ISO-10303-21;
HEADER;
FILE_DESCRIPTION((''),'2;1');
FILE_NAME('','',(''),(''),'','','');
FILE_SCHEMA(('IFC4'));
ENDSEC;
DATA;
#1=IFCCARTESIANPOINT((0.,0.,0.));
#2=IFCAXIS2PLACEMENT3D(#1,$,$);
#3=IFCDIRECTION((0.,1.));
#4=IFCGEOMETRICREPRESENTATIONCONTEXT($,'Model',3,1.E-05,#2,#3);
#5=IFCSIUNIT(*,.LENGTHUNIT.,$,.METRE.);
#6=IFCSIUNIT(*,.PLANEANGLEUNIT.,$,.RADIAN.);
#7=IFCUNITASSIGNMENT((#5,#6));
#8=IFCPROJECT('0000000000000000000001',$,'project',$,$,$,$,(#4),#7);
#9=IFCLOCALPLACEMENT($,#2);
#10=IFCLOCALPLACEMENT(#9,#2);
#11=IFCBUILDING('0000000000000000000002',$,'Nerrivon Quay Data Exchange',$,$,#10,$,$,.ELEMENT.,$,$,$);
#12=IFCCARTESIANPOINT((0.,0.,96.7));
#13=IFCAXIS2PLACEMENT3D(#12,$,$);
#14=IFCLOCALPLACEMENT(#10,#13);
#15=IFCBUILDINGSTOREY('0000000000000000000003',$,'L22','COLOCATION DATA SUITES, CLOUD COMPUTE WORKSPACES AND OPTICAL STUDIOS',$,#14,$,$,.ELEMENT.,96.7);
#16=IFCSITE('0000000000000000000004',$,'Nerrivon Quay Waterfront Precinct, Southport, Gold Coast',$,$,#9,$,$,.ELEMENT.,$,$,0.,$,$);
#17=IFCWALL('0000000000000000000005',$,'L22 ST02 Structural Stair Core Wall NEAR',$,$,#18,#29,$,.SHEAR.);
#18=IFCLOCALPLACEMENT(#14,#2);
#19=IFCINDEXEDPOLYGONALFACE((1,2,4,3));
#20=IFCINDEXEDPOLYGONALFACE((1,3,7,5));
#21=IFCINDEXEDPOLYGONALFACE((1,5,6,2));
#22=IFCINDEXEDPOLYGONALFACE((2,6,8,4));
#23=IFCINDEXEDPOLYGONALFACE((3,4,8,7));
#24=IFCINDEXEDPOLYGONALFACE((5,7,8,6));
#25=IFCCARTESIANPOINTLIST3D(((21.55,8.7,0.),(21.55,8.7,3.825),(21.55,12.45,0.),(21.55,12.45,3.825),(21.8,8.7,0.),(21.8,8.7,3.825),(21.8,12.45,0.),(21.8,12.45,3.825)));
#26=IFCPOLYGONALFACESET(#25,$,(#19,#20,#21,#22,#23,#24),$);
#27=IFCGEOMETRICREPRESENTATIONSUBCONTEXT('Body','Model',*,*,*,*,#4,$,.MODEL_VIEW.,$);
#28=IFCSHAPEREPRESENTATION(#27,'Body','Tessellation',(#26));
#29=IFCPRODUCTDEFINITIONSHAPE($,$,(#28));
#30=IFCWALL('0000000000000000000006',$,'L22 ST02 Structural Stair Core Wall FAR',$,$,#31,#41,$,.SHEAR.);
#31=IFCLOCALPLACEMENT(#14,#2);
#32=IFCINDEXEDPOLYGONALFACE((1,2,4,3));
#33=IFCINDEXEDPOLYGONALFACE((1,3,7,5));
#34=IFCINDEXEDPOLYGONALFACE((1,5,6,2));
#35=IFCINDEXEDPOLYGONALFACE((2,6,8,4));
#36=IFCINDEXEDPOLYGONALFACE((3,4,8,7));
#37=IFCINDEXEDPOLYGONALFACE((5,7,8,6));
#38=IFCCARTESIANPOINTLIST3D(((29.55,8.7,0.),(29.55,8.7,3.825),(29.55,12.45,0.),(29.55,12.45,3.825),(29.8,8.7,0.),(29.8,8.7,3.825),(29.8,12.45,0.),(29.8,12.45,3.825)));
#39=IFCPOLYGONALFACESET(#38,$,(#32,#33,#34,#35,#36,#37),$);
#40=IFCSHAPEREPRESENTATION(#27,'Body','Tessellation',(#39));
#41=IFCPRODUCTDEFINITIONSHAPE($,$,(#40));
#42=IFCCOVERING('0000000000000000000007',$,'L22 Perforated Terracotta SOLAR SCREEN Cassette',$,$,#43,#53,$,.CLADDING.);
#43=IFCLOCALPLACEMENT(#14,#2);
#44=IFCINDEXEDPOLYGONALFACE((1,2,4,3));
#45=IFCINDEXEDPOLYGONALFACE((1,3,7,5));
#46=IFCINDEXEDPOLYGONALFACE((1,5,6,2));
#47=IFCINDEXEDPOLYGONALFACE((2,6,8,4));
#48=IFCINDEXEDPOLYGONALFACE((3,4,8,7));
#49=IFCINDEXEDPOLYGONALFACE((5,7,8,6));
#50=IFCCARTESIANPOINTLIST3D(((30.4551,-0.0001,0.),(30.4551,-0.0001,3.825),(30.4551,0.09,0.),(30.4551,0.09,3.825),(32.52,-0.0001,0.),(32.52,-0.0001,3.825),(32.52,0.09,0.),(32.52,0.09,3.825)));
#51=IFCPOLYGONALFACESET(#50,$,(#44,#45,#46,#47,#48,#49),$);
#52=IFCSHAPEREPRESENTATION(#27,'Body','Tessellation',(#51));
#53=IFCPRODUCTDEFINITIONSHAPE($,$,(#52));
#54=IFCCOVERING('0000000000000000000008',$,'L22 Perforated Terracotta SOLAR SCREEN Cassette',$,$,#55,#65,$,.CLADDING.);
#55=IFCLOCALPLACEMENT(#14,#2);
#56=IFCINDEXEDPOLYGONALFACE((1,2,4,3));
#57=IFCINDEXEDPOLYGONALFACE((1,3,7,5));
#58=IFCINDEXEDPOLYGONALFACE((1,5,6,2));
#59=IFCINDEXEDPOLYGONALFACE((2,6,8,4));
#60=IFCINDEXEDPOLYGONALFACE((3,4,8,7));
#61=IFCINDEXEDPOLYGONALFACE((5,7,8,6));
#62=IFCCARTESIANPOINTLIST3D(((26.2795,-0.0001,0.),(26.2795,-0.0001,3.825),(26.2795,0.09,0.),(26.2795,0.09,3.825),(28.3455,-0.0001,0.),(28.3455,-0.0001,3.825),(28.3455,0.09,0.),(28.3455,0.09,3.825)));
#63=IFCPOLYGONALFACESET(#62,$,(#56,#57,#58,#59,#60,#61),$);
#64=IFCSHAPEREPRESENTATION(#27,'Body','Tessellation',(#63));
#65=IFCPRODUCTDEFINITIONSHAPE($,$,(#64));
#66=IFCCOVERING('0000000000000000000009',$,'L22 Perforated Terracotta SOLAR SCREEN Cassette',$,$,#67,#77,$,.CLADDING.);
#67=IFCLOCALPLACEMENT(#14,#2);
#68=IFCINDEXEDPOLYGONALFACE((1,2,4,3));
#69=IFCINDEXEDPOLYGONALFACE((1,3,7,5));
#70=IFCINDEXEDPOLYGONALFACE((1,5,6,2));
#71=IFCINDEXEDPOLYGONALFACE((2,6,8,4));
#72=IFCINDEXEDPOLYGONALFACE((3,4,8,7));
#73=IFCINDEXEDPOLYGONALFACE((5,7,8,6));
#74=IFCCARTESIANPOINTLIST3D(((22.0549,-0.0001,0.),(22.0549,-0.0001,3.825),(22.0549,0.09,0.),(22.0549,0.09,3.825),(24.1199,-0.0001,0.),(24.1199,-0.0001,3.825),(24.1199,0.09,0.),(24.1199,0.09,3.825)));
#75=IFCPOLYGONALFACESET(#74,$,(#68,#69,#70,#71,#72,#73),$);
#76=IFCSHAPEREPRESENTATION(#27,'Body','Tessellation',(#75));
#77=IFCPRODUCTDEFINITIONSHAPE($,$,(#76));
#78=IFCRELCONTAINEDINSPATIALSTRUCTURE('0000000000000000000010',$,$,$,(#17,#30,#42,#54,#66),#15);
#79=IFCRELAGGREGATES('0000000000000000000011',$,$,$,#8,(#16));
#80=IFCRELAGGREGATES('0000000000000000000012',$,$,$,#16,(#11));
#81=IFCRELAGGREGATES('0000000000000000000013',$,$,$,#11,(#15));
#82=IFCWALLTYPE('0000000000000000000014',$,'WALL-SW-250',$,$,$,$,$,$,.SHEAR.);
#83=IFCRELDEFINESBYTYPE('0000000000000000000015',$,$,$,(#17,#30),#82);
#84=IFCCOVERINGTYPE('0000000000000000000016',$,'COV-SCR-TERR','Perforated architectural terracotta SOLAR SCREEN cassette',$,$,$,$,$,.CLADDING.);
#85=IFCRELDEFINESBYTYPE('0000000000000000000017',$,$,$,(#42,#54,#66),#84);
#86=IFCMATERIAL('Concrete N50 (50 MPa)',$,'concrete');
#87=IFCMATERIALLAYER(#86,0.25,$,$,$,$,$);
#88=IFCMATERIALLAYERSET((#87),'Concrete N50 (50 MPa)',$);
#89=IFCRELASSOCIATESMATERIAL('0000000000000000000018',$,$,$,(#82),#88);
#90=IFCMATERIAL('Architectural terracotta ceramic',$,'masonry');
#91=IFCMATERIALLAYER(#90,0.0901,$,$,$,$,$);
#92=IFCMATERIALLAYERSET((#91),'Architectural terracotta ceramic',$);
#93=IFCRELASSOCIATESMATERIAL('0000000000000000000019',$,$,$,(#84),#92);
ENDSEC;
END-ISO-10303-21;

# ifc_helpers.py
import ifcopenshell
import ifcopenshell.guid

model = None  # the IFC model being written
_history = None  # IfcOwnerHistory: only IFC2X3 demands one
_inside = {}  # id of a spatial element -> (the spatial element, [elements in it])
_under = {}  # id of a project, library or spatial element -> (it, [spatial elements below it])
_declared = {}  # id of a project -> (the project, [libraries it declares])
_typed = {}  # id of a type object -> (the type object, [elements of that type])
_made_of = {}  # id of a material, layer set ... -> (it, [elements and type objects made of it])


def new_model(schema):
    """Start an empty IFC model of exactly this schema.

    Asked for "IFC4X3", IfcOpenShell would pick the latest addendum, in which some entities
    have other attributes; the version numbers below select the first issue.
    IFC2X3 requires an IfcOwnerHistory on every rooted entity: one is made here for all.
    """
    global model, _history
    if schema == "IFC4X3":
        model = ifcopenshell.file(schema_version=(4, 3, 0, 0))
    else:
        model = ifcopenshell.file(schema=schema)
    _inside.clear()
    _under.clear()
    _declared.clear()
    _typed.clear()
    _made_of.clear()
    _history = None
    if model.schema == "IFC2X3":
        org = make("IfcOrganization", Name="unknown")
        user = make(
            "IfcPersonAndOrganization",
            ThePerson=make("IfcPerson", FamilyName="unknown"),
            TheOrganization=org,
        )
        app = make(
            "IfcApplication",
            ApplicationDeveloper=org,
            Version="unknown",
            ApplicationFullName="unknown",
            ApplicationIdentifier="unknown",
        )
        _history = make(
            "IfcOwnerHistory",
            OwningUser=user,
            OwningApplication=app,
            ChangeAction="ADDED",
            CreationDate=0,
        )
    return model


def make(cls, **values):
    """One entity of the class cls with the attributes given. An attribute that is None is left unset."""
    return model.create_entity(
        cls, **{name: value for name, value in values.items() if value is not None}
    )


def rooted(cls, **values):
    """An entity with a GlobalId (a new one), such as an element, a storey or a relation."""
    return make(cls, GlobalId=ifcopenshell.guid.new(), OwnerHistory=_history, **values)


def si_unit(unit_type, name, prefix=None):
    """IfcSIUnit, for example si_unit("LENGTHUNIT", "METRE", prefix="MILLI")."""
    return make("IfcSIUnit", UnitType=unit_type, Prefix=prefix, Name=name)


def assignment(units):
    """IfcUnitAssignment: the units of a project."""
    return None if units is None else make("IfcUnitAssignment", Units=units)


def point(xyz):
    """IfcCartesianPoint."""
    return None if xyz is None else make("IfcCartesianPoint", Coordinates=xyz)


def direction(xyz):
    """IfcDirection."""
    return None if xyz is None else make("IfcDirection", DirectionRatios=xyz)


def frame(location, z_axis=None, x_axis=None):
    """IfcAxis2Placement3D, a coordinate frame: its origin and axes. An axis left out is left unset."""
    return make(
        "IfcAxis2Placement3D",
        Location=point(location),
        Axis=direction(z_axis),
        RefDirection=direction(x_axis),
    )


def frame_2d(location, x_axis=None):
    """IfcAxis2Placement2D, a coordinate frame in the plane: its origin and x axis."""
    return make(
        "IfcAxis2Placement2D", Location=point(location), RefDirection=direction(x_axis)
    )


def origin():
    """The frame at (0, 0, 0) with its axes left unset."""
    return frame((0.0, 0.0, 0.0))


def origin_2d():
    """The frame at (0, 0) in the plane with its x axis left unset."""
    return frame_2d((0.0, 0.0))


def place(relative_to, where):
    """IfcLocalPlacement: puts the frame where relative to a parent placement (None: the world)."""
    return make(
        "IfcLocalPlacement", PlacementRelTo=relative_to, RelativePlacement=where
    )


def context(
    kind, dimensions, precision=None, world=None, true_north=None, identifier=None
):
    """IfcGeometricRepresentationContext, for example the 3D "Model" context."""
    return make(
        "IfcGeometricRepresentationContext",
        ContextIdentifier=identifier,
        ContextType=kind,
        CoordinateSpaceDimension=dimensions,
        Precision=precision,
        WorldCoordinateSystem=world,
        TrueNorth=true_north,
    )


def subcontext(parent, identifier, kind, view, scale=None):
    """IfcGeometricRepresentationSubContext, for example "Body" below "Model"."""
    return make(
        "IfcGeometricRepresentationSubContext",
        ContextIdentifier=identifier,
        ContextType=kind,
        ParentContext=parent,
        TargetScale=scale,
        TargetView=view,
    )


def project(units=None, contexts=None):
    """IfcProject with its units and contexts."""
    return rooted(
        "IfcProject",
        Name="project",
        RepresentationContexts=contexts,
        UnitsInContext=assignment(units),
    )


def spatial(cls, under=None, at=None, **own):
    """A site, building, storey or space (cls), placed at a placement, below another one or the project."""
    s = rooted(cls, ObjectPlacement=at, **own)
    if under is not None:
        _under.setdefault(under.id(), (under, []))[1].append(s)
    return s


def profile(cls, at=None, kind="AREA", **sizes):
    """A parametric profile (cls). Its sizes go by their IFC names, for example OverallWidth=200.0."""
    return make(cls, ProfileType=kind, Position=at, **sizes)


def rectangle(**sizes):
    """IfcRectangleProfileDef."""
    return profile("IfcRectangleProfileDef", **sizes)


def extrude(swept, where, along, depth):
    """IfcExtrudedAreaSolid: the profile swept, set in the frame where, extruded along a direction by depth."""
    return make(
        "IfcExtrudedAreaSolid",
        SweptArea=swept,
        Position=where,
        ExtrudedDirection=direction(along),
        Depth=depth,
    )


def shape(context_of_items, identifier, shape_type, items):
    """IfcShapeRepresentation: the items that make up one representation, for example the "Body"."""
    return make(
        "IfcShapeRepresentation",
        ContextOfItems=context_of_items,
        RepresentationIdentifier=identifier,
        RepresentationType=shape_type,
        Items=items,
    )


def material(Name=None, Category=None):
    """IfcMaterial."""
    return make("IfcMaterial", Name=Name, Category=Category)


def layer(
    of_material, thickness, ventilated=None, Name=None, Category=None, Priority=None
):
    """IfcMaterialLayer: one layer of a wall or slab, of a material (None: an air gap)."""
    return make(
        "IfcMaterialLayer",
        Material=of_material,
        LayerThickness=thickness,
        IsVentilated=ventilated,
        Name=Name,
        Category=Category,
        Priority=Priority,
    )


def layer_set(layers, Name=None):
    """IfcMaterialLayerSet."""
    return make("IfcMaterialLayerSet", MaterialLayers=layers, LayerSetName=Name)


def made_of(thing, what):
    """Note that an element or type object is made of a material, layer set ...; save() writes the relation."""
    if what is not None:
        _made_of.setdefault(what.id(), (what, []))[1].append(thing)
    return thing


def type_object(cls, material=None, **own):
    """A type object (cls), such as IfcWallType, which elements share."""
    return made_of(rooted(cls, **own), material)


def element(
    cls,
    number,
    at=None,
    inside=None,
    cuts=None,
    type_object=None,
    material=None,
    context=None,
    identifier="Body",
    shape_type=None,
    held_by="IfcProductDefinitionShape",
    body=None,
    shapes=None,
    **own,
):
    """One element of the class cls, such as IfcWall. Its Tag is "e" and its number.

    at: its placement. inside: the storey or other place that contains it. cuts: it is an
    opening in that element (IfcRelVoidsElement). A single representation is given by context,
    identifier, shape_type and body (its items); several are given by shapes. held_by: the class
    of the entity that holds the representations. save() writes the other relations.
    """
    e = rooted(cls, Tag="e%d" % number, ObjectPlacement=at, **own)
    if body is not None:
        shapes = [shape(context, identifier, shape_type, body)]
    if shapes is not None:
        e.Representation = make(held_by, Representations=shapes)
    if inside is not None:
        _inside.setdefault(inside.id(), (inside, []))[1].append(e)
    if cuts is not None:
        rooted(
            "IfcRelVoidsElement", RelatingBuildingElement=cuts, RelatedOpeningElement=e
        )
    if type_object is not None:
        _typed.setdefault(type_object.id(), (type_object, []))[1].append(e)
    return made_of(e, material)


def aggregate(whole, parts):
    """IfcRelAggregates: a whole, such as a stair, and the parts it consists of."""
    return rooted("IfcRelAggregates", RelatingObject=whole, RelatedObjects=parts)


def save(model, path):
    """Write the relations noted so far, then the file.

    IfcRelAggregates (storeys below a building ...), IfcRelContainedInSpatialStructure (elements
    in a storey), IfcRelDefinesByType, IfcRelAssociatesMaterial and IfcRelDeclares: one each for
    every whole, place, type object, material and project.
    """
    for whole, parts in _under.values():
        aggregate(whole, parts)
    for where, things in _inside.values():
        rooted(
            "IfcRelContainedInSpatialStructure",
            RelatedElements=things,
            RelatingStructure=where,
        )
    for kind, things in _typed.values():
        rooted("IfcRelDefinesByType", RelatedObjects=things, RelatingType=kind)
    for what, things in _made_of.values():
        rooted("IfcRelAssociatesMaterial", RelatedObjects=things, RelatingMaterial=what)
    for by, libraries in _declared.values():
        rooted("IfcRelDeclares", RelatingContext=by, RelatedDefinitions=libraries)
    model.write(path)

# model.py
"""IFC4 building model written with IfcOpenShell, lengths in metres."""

from ifc_helpers import new_model, si_unit, direction, frame, frame_2d, origin, origin_2d, place, context, subcontext, project, spatial, rectangle, extrude, material, layer, layer_set, type_object, element, save


model = new_model("IFC4")

# Units and contexts
model_context = context("Model", 3, precision=1e-05, world=origin(), true_north=direction((0.0, 1.0)))
body_context = subcontext(model_context, "Body", "Model", "MODEL_VIEW")
ifc_project = project(units=[si_unit("LENGTHUNIT", "METRE"), si_unit("PLANEANGLEUNIT", "RADIAN")], contexts=[model_context])

# Site, building, storey
site_placement = place(None, origin())
site = spatial("IfcSite", under=ifc_project, at=site_placement, Name="Nerrivon Quay Waterfront Precinct, Southport, Gold Coast", CompositionType="ELEMENT", RefElevation=0.0)
building_placement = place(site_placement, origin())
building = spatial("IfcBuilding", under=site, at=building_placement, Name="Nerrivon Quay Data Exchange", CompositionType="ELEMENT")
storey_placement = place(building_placement, frame((0.0, 0.0, 96.7)))
storey = spatial("IfcBuildingStorey", under=building, at=storey_placement, Name="L22", Description="COLOCATION DATA SUITES, CLOUD COMPUTE WORKSPACES AND OPTICAL STUDIOS", CompositionType="ELEMENT", Elevation=96.7)

# Shared definitions
ifc_material_1 = material(Name="Concrete N50 (50 MPa)", Category="concrete")

# Walls
ifc_layer_1 = layer(ifc_material_1, 0.25)
ifc_layer_set_1 = layer_set([ifc_layer_1], Name="Concrete N50 (50 MPa)")
wall_type_1 = type_object("IfcWallType", Name="WALL-SW-250", PredefinedType="SHEAR", material=ifc_layer_set_1)
for number, where, z_axis, x_axis, name in (
    (1, (21.675, 8.7, 0.0), (0.0, 0.0, 1.0), (0.0, 1.0, 0.0), "L22 ST02 Structural Stair Core Wall NEAR"),
    (2, (29.675, 8.7, 0.0), (0.0, 0.0, 1.0), (0.0, 1.0, 0.0), "L22 ST02 Structural Stair Core Wall FAR"),
):
    element("IfcWall", number, at=place(storey_placement, frame(where, z_axis=z_axis, x_axis=x_axis)), inside=storey, type_object=wall_type_1, Name=name, PredefinedType="SHEAR", context=body_context, shape_type="SweptSolid", body=[
        extrude(rectangle(XDim=3.75, YDim=0.25, at=frame_2d((1.875, 0.0))), origin(), (0.0, 0.0, 1.0), 3.825),
    ])

# Coverings
ifc_material_2 = material(Name="Architectural terracotta ceramic", Category="masonry")
ifc_layer_2 = layer(ifc_material_2, 0.0901)
ifc_layer_set_2 = layer_set([ifc_layer_2], Name="Architectural terracotta ceramic")
covering_type = type_object("IfcCoveringType", Name="COV-SCR-TERR", Description="Perforated architectural terracotta SOLAR SCREEN cassette", PredefinedType="CLADDING", material=ifc_layer_set_2)
covering_1_placement = place(storey_placement, frame((31.4875, 0.0449, 0.0), z_axis=(0.0, 0.0, 1.0), x_axis=(-1.0, 0.0, 0.0)))
element("IfcCovering", 3, at=covering_1_placement, inside=storey, type_object=covering_type, Name="L22 Perforated Terracotta SOLAR SCREEN Cassette", PredefinedType="CLADDING", context=body_context, shape_type="SweptSolid", body=[
    extrude(rectangle(XDim=2.0649, YDim=0.0901, at=origin_2d()), origin(), (0.0, 0.0, 1.0), 3.825),
])
covering_2_placement = place(storey_placement, frame((27.3125, 0.0449, 0.0), z_axis=(0.0, 0.0, 1.0), x_axis=(-1.0, 0.0, 0.0)))
element("IfcCovering", 4, at=covering_2_placement, inside=storey, type_object=covering_type, Name="L22 Perforated Terracotta SOLAR SCREEN Cassette", PredefinedType="CLADDING", context=body_context, shape_type="SweptSolid", body=[
    extrude(rectangle(XDim=2.0659, YDim=0.0901, at=origin_2d()), origin(), (0.0, 0.0, 1.0), 3.825),
])
covering_3_placement = place(storey_placement, frame((23.0874, 0.0449, 0.0), z_axis=(0.0, 0.0, 1.0), x_axis=(-1.0, 0.0, 0.0)))
element("IfcCovering", 5, at=covering_3_placement, inside=storey, type_object=covering_type, Name="L22 Perforated Terracotta SOLAR SCREEN Cassette", PredefinedType="CLADDING", context=body_context, shape_type="SweptSolid", body=[
    extrude(rectangle(XDim=2.0649, YDim=0.0901, at=origin_2d()), origin(), (0.0, 0.0, 1.0), 3.825),
])

save(model, "model.ifc")
